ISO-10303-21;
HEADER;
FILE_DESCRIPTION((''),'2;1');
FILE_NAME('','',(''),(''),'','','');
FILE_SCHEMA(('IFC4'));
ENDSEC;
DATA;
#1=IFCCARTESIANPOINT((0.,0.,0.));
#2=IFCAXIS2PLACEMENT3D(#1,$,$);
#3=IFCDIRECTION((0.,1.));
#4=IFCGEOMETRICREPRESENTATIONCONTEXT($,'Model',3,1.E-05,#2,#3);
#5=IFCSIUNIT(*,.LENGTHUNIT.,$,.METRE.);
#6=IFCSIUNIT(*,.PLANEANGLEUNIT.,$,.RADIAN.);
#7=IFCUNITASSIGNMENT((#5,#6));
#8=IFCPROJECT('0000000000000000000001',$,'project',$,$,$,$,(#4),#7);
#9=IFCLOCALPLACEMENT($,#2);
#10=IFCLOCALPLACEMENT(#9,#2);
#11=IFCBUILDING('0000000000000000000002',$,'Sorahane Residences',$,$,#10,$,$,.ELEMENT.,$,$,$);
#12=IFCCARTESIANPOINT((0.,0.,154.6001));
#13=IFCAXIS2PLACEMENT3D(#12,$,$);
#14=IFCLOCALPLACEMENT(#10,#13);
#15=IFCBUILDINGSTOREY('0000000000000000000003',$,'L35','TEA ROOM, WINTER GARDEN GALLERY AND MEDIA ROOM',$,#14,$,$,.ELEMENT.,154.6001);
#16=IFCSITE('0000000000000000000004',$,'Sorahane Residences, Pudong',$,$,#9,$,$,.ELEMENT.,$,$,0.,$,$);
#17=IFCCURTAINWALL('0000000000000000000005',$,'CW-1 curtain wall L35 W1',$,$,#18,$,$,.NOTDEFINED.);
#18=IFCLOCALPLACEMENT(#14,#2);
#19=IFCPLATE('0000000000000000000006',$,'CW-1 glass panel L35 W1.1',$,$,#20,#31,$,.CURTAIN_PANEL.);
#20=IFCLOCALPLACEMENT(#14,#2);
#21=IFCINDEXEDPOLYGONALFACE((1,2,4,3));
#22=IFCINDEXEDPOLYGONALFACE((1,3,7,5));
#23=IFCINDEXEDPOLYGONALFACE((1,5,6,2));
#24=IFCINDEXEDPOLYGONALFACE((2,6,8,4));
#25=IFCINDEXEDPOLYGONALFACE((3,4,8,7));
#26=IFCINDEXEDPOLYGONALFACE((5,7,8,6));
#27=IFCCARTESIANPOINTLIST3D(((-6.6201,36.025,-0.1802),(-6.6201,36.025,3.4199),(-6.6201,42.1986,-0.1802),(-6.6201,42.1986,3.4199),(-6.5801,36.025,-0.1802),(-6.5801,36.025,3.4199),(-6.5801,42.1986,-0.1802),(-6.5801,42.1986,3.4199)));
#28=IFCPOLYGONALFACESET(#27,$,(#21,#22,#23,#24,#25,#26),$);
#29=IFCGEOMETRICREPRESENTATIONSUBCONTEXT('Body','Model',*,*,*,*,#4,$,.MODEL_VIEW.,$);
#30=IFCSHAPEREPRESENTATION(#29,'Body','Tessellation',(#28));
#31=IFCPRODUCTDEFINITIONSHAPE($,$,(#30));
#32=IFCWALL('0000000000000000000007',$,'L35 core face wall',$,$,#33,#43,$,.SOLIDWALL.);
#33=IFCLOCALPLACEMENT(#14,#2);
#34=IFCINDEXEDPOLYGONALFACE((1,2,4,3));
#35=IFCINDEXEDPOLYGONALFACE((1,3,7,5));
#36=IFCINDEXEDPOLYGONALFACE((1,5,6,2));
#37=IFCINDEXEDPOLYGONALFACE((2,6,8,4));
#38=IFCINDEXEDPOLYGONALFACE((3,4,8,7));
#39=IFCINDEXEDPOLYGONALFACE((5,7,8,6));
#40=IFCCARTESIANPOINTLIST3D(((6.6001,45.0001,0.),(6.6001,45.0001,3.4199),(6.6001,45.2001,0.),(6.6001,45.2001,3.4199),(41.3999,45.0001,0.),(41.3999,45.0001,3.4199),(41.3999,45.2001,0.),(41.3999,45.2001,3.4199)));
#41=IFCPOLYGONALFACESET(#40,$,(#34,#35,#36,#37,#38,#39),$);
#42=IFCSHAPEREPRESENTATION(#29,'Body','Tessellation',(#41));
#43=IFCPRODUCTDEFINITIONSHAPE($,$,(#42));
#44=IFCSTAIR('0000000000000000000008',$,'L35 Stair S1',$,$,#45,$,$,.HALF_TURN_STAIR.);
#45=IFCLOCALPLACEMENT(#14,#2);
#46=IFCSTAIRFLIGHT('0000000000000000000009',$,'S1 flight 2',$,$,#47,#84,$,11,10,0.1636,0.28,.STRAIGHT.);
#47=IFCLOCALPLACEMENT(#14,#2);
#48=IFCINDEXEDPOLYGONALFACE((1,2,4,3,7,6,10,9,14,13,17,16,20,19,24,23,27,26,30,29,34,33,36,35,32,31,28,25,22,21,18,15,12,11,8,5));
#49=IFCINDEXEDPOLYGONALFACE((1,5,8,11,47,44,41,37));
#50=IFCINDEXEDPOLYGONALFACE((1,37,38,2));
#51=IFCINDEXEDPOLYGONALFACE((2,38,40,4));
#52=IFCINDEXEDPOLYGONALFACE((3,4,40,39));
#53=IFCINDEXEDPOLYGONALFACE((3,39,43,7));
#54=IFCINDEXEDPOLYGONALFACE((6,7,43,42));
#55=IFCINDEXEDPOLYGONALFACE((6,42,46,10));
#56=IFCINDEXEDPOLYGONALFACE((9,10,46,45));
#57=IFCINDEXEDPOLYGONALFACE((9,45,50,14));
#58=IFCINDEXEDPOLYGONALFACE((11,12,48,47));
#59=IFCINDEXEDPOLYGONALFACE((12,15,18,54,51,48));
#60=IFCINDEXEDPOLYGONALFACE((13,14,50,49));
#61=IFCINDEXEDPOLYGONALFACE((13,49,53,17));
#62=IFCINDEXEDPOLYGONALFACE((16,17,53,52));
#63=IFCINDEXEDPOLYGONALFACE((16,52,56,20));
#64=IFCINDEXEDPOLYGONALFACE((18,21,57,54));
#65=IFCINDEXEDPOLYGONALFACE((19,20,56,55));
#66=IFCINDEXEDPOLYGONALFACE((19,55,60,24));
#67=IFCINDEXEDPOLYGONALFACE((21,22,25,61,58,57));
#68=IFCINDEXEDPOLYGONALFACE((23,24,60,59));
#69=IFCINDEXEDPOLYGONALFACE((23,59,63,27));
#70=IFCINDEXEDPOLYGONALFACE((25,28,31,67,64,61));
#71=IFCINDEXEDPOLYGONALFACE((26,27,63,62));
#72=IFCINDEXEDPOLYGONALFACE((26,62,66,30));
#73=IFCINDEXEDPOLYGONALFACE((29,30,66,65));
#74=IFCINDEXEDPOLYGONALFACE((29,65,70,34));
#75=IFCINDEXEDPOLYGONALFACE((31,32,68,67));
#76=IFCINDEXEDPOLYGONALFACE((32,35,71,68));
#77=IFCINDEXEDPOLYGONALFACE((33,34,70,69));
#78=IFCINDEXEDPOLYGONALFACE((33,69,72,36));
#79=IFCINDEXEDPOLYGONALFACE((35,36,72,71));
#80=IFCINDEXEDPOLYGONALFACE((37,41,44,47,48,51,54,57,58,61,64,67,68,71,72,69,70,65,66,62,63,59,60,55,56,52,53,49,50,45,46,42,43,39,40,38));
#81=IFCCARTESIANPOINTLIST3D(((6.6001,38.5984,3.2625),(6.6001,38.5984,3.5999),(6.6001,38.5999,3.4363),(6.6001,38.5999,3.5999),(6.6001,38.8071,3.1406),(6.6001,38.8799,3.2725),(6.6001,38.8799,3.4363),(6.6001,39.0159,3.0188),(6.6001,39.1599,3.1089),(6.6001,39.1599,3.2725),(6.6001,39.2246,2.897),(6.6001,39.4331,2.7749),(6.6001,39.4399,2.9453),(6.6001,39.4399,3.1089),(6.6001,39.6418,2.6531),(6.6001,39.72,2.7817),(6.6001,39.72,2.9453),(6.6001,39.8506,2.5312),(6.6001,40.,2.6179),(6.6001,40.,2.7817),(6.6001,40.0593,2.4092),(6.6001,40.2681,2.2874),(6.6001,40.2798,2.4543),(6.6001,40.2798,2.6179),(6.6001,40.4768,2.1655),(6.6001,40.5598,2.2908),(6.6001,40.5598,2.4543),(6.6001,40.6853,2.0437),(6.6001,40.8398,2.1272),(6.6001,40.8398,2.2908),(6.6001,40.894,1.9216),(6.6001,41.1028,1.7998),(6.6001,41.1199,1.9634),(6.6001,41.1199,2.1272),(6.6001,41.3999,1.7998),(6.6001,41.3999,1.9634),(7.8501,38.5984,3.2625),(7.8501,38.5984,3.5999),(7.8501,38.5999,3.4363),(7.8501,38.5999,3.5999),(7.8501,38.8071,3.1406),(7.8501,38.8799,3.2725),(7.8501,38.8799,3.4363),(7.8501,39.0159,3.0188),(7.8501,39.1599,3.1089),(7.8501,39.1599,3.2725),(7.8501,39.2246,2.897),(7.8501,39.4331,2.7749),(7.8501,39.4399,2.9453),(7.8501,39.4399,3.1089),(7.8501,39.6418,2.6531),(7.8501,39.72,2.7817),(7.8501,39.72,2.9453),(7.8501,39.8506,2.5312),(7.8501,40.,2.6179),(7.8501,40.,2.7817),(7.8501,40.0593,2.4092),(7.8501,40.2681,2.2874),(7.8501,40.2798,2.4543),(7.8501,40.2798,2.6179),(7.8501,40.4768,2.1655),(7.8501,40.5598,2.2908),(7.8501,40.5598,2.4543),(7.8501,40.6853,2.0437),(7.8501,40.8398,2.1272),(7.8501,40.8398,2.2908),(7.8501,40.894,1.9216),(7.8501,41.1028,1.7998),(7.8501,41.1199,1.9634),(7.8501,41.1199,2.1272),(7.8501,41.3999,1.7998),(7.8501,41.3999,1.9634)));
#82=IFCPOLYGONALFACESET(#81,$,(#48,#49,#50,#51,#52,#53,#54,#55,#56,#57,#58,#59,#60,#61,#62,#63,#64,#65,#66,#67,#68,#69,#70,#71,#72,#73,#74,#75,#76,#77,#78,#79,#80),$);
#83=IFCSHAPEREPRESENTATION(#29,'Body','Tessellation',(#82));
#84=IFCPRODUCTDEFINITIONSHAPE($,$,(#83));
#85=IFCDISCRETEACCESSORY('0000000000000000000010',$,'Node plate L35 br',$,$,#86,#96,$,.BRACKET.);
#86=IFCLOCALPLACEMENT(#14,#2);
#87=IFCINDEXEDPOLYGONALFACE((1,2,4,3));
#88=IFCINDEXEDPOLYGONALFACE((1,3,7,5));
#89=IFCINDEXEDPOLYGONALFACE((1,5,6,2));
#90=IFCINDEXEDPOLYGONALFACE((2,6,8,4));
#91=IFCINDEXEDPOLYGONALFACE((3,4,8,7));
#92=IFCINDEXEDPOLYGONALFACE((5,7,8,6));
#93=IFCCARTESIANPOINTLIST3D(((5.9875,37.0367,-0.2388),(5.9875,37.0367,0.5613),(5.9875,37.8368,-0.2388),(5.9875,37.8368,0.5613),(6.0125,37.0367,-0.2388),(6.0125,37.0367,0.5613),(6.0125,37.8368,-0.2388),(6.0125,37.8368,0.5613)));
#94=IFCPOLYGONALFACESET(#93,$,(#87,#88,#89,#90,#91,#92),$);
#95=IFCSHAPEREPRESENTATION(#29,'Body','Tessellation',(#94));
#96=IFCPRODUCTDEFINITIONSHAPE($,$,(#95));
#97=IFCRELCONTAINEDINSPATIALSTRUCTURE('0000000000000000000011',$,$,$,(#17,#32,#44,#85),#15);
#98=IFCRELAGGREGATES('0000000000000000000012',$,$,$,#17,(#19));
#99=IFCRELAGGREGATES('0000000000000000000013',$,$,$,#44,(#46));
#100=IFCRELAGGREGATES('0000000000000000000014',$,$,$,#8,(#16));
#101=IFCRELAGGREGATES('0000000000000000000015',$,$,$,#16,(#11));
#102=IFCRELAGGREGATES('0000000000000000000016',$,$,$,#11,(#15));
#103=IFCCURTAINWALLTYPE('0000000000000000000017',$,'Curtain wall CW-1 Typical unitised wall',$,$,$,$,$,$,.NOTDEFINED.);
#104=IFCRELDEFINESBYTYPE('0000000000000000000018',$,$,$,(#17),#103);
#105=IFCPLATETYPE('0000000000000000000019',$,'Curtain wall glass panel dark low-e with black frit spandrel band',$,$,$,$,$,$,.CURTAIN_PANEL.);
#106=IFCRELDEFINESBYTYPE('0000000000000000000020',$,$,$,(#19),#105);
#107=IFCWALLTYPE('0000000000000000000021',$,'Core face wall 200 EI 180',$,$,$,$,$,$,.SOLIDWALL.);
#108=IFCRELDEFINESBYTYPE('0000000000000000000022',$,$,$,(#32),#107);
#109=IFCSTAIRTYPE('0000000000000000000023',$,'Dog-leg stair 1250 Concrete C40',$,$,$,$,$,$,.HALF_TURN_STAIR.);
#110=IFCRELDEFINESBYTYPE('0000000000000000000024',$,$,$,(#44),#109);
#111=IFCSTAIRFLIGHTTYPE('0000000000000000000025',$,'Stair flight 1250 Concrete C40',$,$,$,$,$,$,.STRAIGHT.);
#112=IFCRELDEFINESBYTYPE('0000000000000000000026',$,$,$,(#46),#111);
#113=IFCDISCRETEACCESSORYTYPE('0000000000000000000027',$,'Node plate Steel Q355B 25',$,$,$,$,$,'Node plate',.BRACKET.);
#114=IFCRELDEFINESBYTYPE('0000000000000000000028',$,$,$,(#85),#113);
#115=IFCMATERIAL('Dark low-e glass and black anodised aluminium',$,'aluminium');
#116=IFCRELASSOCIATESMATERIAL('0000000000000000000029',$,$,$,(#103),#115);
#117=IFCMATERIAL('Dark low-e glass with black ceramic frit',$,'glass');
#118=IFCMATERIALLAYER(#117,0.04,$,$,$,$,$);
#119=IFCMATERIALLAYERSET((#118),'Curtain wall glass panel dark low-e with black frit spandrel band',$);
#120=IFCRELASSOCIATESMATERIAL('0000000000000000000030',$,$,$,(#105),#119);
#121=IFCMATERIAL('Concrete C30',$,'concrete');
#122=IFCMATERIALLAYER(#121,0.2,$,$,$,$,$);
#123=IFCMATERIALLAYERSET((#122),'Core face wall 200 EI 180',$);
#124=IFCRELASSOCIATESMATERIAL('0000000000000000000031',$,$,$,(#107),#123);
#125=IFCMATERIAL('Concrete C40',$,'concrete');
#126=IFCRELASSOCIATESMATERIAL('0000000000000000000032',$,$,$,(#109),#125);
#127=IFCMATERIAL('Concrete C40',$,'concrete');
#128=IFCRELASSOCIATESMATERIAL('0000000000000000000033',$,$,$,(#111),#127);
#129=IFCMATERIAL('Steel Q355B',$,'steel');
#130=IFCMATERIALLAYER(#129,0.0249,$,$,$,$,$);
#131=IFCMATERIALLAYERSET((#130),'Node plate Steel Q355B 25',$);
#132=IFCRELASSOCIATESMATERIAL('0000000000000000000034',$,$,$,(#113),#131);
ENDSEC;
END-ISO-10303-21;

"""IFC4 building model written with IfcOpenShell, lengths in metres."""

from ifc_helpers import new_model, si_unit, direction, frame, frame_2d, origin, origin_2d, place, context, subcontext, project, spatial, polyline, rectangle, outline, extrude, material, layer, layer_set, type_object, element, aggregate, save


model = new_model("IFC4")

# Units and contexts
model_context = context("Model", 3, precision=1e-05, world=origin(), true_north=direction((0.0, 1.0)))
body_context = subcontext(model_context, "Body", "Model", "MODEL_VIEW")
ifc_project = project(units=[si_unit("LENGTHUNIT", "METRE"), si_unit("PLANEANGLEUNIT", "RADIAN")], contexts=[model_context])

# Site, building, storey
site_placement = place(None, origin())
site = spatial("IfcSite", under=ifc_project, at=site_placement, Name="Sorahane Residences, Pudong", CompositionType="ELEMENT", RefElevation=0.0)
building_placement = place(site_placement, origin())
building = spatial("IfcBuilding", under=site, at=building_placement, Name="Sorahane Residences", CompositionType="ELEMENT")
storey_placement = place(building_placement, frame((0.0, 0.0, 154.6001)))
storey = spatial("IfcBuildingStorey", under=building, at=storey_placement, Name="L35", Description="TEA ROOM, WINTER GARDEN GALLERY AND MEDIA ROOM", CompositionType="ELEMENT", Elevation=154.6001)

# Shared definitions
ifc_material_1 = material(Name="Dark low-e glass and black anodised aluminium", Category="aluminium")
curtain_wall_type_1 = type_object("IfcCurtainWallType", Name="Curtain wall CW-1 Typical unitised wall", PredefinedType="NOTDEFINED", material=ifc_material_1)

# Curtain wall
curtain_wall_1_placement = place(storey_placement, origin())
curtain_wall_1 = element("IfcCurtainWall", 1, at=curtain_wall_1_placement, inside=storey, type_object=curtain_wall_type_1, Name="CW-1 curtain wall L35 W1", PredefinedType="NOTDEFINED")

# Plate
ifc_material_2 = material(Name="Dark low-e glass with black ceramic frit", Category="glass")
ifc_layer_1 = layer(ifc_material_2, 0.04)
ifc_layer_set_1 = layer_set([ifc_layer_1], Name="Curtain wall glass panel dark low-e with black frit spandrel band")
plate_type = type_object("IfcPlateType", Name="Curtain wall glass panel dark low-e with black frit spandrel band", PredefinedType="CURTAIN_PANEL", material=ifc_layer_set_1)
plate_1_placement = place(storey_placement, frame((-6.6001, 39.1118, -0.1802), z_axis=(0.0, 0.0, 1.0), x_axis=(0.0, -1.0, 0.0)))
plate_1 = element("IfcPlate", 2, at=plate_1_placement, type_object=plate_type, Name="CW-1 glass panel L35 W1.1", PredefinedType="CURTAIN_PANEL", context=body_context, shape_type="SweptSolid", body=[
    extrude(rectangle(XDim=6.1736, YDim=0.04, at=origin_2d()), origin(), (0.0, 0.0, 1.0), 3.6001),
])
aggregate(curtain_wall_1, [plate_1])

# Wall
ifc_material_3 = material(Name="Concrete C30", Category="concrete")
ifc_layer_2 = layer(ifc_material_3, 0.2)
ifc_layer_set_2 = layer_set([ifc_layer_2], Name="Core face wall 200 EI 180")
wall_type = type_object("IfcWallType", Name="Core face wall 200 EI 180", PredefinedType="SOLIDWALL", material=ifc_layer_set_2)
wall_placement = place(storey_placement, frame((6.6001, 45.1001, 0.0), z_axis=(0.0, 0.0, 1.0), x_axis=(1.0, 0.0, 0.0)))
element("IfcWall", 3, at=wall_placement, inside=storey, type_object=wall_type, Name="L35 core face wall", PredefinedType="SOLIDWALL", context=body_context, shape_type="SweptSolid", body=[
    extrude(rectangle(XDim=34.7998, YDim=0.2, at=frame_2d((17.3999, 0.0))), origin(), (0.0, 0.0, 1.0), 3.4199),
])

# Stair, stair flight
ifc_material_4 = material(Name="Concrete C40", Category="concrete")
stair_type = type_object("IfcStairType", Name="Dog-leg stair 1250 Concrete C40", PredefinedType="HALF_TURN_STAIR", material=ifc_material_4)
stair_placement = place(storey_placement, origin())
stair = element("IfcStair", 4, at=stair_placement, inside=storey, type_object=stair_type, Name="L35 Stair S1", PredefinedType="HALF_TURN_STAIR")
ifc_material_5 = material(Name="Concrete C40", Category="concrete")
stair_flight_type = type_object("IfcStairFlightType", Name="Stair flight 1250 Concrete C40", PredefinedType="STRAIGHT", material=ifc_material_5)
stair_flight_placement = place(storey_placement, frame((7.2251, 41.3999, 1.7998), z_axis=(0.0, 0.0, 1.0), x_axis=(0.0, -1.0, 0.0)))
stair_flight = element("IfcStairFlight", 5, at=stair_flight_placement, type_object=stair_flight_type, Name="S1 flight 2", NumberOfRisers=11, NumberOfTreads=10, PredefinedType="STRAIGHT", RiserHeight=0.1636, TreadLength=0.28, context=body_context, shape_type="SweptSolid", body=[
    extrude(outline(polyline([(0.0, 0.0), (0.0, 0.1636), (0.28, 0.1636), (0.28, 0.3274), (0.5601, 0.3274), (0.5601, 0.491), (0.8401, 0.491), (0.8401, 0.6545), (1.1201, 0.6545), (1.1201, 0.8181), (1.3999, 0.8181), (1.3999, 0.9819), (1.6799, 0.9819), (1.6799, 1.1455), (1.96, 1.1455), (1.96, 1.3091), (2.24, 1.3091), (2.24, 1.4727), (2.52, 1.4727), (2.52, 1.6365), (2.8, 1.6365), (2.8, 1.8), (2.8015, 1.8), (2.8015, 1.4626), (2.5928, 1.3408), (2.384, 1.219), (2.1753, 1.0972), (1.9668, 0.9751), (1.7581, 0.8533), (1.5493, 0.7314), (1.3406, 0.6094), (1.1318, 0.4875), (0.9231, 0.3657), (0.7146, 0.2439), (0.5059, 0.1218), (0.2971, 0.0), (0.0, 0.0)])), frame((0.0, 0.625, 0.0), z_axis=(0.0, -1.0, 0.0), x_axis=(1.0, 0.0, 0.0)), (0.0, 0.0, 1.0), 1.25),
])
aggregate(stair, [stair_flight])

# Discrete accessory
ifc_material_6 = material(Name="Steel Q355B", Category="steel")
ifc_layer_3 = layer(ifc_material_6, 0.0249)
ifc_layer_set_3 = layer_set([ifc_layer_3], Name="Node plate Steel Q355B 25")
discrete_accessory_type = type_object("IfcDiscreteAccessoryType", Name="Node plate Steel Q355B 25", ElementType="Node plate", PredefinedType="BRACKET", material=ifc_layer_set_3)
discrete_accessory_placement = place(storey_placement, frame((6.0, 37.4368, -0.2388), z_axis=(0.0, 0.0, 1.0), x_axis=(0.0, 1.0, 0.0)))
element("IfcDiscreteAccessory", 6, at=discrete_accessory_placement, inside=storey, type_object=discrete_accessory_type, Name="Node plate L35 br", PredefinedType="BRACKET", context=body_context, shape_type="SweptSolid", body=[
    extrude(rectangle(XDim=0.8, YDim=0.0249, at=origin_2d()), origin(), (0.0, 0.0, 1.0), 0.8),
])

save(model, "model.ifc")
